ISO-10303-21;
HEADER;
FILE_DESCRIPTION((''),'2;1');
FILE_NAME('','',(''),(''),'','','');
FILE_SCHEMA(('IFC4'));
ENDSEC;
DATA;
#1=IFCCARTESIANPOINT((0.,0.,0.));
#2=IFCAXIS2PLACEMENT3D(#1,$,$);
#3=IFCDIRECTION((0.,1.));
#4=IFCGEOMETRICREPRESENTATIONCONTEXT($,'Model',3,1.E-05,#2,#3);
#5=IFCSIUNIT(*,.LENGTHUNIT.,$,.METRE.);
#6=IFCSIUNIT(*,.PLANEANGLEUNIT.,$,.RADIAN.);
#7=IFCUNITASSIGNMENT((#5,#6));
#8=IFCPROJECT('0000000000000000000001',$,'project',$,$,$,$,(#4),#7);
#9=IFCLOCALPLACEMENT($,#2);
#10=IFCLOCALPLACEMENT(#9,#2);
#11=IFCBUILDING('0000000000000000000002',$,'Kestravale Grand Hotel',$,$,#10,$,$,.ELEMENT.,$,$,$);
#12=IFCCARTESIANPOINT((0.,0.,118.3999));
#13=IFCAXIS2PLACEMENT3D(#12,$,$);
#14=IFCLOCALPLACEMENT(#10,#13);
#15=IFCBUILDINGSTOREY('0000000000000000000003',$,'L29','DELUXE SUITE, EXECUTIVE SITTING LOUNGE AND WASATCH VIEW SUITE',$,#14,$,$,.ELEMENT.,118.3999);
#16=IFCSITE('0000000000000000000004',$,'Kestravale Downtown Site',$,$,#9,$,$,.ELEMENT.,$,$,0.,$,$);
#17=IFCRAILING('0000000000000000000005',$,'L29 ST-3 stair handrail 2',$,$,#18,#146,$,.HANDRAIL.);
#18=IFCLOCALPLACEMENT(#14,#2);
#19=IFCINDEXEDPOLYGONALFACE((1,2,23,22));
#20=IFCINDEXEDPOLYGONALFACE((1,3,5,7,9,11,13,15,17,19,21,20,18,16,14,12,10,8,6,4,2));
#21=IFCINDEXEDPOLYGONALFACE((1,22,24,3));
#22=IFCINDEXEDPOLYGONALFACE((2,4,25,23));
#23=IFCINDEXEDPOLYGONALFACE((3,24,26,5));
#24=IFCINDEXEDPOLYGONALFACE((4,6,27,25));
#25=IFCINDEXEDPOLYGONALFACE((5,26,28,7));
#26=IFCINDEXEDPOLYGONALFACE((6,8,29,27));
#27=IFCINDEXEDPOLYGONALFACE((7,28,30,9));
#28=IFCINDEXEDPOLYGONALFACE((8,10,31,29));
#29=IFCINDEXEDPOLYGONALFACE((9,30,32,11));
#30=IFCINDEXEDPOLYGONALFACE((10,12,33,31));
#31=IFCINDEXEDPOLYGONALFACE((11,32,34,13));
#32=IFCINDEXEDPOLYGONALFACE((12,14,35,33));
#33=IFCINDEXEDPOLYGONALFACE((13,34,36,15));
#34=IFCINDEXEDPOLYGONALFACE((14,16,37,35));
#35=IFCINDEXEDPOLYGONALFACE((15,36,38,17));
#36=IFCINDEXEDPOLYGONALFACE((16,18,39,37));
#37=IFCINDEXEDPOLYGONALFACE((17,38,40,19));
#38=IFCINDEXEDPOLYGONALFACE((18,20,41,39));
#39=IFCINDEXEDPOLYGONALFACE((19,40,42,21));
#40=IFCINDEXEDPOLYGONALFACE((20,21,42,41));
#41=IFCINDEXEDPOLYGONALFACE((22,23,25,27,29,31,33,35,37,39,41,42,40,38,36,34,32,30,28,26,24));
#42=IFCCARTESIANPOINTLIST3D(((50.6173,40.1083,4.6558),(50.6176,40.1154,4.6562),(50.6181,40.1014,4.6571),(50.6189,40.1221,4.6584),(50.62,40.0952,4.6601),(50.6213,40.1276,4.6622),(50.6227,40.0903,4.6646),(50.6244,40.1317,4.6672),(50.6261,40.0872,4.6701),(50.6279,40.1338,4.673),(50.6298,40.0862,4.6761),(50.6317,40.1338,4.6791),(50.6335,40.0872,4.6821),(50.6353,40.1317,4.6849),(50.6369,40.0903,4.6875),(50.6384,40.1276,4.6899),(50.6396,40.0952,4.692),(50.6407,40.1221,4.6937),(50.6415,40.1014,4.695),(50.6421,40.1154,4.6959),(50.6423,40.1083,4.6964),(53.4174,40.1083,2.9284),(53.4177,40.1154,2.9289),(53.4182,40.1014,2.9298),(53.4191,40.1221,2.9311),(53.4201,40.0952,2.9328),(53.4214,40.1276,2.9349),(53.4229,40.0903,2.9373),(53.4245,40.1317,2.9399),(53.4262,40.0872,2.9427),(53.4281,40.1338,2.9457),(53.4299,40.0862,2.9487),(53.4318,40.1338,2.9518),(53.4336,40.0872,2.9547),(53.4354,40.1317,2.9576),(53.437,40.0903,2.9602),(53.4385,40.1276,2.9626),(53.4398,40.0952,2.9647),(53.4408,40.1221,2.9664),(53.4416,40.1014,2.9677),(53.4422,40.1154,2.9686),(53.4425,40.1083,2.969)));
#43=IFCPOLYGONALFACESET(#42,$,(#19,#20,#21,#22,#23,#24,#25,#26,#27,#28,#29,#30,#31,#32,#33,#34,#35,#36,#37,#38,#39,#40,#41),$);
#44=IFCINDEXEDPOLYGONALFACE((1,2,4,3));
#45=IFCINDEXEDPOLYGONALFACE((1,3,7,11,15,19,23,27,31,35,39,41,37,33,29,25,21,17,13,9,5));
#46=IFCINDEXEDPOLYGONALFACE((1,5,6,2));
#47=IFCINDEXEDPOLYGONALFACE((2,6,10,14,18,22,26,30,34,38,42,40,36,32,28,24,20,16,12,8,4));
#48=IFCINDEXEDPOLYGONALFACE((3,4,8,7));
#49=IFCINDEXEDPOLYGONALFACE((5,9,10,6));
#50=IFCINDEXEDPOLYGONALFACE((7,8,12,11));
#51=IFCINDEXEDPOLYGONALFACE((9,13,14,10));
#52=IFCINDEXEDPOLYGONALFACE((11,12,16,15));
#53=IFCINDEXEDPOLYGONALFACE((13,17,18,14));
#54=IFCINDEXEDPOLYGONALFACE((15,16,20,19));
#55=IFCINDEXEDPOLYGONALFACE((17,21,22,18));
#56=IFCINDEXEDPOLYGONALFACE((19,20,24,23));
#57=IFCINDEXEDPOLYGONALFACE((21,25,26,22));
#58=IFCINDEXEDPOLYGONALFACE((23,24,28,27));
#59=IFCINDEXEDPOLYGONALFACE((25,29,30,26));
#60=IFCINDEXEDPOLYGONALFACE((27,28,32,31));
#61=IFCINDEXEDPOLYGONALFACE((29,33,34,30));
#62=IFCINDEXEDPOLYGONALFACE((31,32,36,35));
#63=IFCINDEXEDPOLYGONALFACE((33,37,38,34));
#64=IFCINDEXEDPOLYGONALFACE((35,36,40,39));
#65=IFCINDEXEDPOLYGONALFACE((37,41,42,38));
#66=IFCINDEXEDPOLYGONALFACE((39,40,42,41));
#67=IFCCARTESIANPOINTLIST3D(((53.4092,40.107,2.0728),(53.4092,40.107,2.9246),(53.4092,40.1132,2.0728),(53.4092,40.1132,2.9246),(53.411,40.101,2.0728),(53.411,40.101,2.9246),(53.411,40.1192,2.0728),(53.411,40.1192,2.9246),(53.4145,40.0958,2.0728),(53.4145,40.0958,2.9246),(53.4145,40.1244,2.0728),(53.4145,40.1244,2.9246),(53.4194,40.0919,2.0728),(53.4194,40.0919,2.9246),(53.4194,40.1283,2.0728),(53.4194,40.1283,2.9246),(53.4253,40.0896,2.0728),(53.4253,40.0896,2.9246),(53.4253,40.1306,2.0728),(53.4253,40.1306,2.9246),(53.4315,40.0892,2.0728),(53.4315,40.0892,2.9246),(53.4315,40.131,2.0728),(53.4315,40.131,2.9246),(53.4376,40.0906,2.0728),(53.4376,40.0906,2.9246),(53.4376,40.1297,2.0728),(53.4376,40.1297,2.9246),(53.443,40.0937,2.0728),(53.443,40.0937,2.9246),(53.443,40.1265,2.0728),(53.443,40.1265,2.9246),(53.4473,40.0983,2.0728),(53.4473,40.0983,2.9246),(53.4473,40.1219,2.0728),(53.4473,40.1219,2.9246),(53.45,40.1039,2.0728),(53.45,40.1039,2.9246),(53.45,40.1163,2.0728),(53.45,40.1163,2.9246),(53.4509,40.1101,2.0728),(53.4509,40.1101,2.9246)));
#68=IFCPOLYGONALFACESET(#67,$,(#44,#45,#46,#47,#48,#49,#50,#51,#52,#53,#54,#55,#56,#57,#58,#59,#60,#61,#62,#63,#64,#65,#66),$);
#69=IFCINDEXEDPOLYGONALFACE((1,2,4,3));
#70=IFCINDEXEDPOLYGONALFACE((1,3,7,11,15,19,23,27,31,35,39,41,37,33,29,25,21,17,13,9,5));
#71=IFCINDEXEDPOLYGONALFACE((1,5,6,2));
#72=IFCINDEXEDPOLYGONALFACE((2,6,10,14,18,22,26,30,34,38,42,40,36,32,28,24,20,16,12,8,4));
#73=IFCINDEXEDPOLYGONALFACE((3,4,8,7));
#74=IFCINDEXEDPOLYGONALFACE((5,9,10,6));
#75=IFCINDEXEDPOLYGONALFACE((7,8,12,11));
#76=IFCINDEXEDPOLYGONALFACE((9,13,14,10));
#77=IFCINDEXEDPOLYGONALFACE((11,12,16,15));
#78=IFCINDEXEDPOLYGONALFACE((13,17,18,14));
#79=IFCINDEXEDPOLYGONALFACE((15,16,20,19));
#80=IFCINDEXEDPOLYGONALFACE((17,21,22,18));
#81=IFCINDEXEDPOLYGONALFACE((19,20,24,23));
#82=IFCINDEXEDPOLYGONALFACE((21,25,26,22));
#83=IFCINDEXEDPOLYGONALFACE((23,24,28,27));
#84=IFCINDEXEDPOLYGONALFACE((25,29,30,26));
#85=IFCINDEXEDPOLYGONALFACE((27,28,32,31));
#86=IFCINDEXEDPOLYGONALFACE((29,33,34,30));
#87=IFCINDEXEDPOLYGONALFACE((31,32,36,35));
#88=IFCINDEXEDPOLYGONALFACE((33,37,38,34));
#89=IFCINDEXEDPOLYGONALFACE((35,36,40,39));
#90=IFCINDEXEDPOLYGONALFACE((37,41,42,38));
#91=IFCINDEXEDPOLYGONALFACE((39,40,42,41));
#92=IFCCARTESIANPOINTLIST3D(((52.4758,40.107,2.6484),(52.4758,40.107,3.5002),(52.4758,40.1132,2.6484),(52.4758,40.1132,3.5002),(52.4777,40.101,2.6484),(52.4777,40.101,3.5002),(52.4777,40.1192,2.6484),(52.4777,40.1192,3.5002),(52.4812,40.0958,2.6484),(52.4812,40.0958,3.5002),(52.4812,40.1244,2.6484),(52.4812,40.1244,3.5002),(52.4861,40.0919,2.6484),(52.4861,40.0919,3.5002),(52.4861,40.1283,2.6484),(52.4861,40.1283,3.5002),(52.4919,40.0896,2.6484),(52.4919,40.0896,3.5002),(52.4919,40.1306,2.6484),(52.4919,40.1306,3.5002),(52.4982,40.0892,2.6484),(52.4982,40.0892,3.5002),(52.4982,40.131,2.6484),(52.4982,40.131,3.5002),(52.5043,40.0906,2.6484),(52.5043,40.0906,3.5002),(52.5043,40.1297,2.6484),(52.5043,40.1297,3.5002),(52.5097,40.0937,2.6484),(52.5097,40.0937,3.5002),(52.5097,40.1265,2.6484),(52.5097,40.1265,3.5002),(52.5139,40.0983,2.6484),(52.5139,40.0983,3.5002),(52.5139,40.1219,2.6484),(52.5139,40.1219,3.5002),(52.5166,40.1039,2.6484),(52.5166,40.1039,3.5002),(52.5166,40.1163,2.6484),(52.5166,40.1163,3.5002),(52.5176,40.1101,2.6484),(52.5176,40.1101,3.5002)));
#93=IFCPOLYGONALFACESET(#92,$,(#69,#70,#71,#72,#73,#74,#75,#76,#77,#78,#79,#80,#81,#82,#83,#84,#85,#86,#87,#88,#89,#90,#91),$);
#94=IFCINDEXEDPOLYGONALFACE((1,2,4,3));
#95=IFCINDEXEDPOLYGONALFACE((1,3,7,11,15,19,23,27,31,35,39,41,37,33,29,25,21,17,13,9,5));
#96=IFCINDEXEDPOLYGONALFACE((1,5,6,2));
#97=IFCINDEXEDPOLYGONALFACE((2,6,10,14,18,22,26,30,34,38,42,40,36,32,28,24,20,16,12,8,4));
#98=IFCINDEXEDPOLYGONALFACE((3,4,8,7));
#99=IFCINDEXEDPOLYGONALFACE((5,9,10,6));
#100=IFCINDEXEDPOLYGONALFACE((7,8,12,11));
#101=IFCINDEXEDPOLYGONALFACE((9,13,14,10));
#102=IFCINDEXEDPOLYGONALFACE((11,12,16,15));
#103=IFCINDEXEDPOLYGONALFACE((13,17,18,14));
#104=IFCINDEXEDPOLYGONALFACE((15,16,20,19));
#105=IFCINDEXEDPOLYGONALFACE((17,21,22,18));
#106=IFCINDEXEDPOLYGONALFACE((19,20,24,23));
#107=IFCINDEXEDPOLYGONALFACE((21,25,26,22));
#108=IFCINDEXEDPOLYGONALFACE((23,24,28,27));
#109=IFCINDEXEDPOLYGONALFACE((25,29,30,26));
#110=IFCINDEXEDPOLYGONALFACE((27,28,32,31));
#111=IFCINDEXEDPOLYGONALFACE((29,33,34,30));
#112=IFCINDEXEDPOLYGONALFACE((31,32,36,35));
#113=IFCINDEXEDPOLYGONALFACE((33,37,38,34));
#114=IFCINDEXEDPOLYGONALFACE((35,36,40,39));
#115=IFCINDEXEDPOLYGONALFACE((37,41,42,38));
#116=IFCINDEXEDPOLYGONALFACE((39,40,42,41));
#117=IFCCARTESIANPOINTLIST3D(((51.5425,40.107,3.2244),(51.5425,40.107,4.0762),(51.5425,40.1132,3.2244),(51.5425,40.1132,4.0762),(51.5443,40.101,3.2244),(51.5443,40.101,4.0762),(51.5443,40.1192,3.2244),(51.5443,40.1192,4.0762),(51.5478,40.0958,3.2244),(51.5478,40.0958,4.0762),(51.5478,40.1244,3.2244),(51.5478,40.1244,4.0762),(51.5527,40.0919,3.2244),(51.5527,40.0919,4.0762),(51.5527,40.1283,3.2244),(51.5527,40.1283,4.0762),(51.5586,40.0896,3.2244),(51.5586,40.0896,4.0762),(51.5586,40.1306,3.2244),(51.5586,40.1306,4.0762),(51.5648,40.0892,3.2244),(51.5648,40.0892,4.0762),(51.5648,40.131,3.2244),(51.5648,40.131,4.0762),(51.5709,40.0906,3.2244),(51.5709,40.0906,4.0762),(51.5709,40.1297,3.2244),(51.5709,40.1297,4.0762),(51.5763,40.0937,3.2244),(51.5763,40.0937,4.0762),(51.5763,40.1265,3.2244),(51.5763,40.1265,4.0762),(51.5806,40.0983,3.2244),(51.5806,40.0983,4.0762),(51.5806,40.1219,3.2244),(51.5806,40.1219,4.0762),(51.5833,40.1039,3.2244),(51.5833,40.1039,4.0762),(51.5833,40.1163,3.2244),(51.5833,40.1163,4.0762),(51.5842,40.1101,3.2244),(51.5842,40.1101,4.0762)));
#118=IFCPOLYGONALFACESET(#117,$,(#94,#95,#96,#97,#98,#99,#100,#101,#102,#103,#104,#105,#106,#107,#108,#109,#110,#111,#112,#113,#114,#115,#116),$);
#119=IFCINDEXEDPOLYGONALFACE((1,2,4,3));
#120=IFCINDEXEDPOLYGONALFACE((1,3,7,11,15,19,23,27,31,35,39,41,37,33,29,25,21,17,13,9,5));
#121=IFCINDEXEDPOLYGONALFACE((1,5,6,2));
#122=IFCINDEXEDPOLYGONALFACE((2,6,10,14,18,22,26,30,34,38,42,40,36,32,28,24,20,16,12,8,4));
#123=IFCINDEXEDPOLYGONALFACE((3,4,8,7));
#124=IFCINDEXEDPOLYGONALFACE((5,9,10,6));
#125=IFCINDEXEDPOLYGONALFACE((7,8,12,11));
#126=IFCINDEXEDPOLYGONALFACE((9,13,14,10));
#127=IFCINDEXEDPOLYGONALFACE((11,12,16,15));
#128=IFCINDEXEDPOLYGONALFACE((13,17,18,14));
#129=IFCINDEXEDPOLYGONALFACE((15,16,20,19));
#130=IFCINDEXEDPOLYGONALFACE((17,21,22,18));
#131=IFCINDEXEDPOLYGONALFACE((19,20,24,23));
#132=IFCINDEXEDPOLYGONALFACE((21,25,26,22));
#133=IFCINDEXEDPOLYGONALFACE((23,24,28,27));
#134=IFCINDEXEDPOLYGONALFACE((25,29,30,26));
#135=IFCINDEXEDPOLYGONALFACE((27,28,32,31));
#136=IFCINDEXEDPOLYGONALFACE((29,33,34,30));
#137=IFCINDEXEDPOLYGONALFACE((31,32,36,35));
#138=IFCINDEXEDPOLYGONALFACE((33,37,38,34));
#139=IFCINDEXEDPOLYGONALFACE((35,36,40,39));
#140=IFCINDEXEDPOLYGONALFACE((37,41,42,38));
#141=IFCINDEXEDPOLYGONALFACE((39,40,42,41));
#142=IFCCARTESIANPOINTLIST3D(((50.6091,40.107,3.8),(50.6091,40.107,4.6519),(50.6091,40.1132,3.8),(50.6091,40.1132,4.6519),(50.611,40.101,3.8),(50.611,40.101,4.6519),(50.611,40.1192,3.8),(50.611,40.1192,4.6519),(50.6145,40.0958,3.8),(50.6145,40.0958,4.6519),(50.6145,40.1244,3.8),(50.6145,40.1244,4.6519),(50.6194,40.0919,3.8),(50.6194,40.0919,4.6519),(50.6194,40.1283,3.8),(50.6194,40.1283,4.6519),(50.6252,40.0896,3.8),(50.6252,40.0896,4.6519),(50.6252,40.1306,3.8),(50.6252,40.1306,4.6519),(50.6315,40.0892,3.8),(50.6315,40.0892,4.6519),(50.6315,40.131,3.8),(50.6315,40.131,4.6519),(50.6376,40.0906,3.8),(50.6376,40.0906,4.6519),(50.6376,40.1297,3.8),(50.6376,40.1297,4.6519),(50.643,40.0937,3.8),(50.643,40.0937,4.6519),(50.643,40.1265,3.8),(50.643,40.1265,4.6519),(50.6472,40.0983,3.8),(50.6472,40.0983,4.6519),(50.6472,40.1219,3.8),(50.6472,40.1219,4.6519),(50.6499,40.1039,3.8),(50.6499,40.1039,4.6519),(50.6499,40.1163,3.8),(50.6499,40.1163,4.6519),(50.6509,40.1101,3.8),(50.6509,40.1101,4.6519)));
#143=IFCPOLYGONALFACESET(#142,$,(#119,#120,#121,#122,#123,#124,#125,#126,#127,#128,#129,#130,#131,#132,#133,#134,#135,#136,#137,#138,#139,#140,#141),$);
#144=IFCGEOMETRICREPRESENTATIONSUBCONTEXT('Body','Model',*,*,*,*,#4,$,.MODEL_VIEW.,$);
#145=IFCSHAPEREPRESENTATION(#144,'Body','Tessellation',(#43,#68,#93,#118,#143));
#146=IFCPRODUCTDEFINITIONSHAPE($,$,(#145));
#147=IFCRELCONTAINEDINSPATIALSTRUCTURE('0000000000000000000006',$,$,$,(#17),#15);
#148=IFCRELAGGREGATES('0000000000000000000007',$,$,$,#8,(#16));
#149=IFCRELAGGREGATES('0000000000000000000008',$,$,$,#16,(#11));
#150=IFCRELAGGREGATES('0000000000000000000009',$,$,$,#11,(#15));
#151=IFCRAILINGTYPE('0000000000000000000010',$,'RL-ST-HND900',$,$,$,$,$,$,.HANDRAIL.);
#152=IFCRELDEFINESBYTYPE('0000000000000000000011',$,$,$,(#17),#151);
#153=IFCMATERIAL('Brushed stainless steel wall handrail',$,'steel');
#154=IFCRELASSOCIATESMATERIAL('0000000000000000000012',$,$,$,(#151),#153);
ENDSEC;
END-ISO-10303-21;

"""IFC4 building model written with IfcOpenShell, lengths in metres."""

from ifc_helpers import new_model, si_unit, direction, frame, origin, origin_2d, place, context, subcontext, project, spatial, circle, extrude, material, type_object, element, save


model = new_model("IFC4")

# Units and contexts
model_context = context("Model", 3, precision=1e-05, world=origin(), true_north=direction((0.0, 1.0)))
body_context = subcontext(model_context, "Body", "Model", "MODEL_VIEW")
ifc_project = project(units=[si_unit("LENGTHUNIT", "METRE"), si_unit("PLANEANGLEUNIT", "RADIAN")], contexts=[model_context])

# Site, building, storey
site_placement = place(None, origin())
site = spatial("IfcSite", under=ifc_project, at=site_placement, Name="Kestravale Downtown Site", CompositionType="ELEMENT", RefElevation=0.0)
building_placement = place(site_placement, origin())
building = spatial("IfcBuilding", under=site, at=building_placement, Name="Kestravale Grand Hotel", CompositionType="ELEMENT")
storey_placement = place(building_placement, frame((0.0, 0.0, 118.3999)))
storey = spatial("IfcBuildingStorey", under=building, at=storey_placement, Name="L29", Description="DELUXE SUITE, EXECUTIVE SITTING LOUNGE AND WASATCH VIEW SUITE", CompositionType="ELEMENT", Elevation=118.3999)

# Railing
ifc_material_1 = material(Name="Brushed stainless steel wall handrail", Category="steel")
railing_type_1 = type_object("IfcRailingType", Name="RL-ST-HND900", PredefinedType="HANDRAIL", material=ifc_material_1)
railing_1_placement = place(storey_placement, frame((53.4299, 40.1101, 2.0728)))
element("IfcRailing", 1, at=railing_1_placement, inside=storey, type_object=railing_type_1, Name="L29 ST-3 stair handrail 2", PredefinedType="HANDRAIL", context=body_context, shape_type="SweptSolid", body=[
    extrude(circle(Radius=0.0239, at=origin_2d()), frame((0.0, 0.0, 0.876), z_axis=(-0.85109, 0.0, 0.52502), x_axis=(0.0, -1.0, 0.0)), (0.0, 0.0, 1.0), 3.29),
    extrude(circle(Radius=0.021, at=origin_2d()), origin(), (0.0, 0.0, 1.0), 0.8518),
    extrude(circle(Radius=0.021, at=origin_2d()), frame((-0.9333, 0.0, 0.5757)), (0.0, 0.0, 1.0), 0.8518),
    extrude(circle(Radius=0.021, at=origin_2d()), frame((-1.8667, 0.0, 1.1516)), (0.0, 0.0, 1.0), 0.8518),
    extrude(circle(Radius=0.021, at=origin_2d()), frame((-2.8, 0.0, 1.7273)), (0.0, 0.0, 1.0), 0.8518),
])

save(model, "model.ifc")
